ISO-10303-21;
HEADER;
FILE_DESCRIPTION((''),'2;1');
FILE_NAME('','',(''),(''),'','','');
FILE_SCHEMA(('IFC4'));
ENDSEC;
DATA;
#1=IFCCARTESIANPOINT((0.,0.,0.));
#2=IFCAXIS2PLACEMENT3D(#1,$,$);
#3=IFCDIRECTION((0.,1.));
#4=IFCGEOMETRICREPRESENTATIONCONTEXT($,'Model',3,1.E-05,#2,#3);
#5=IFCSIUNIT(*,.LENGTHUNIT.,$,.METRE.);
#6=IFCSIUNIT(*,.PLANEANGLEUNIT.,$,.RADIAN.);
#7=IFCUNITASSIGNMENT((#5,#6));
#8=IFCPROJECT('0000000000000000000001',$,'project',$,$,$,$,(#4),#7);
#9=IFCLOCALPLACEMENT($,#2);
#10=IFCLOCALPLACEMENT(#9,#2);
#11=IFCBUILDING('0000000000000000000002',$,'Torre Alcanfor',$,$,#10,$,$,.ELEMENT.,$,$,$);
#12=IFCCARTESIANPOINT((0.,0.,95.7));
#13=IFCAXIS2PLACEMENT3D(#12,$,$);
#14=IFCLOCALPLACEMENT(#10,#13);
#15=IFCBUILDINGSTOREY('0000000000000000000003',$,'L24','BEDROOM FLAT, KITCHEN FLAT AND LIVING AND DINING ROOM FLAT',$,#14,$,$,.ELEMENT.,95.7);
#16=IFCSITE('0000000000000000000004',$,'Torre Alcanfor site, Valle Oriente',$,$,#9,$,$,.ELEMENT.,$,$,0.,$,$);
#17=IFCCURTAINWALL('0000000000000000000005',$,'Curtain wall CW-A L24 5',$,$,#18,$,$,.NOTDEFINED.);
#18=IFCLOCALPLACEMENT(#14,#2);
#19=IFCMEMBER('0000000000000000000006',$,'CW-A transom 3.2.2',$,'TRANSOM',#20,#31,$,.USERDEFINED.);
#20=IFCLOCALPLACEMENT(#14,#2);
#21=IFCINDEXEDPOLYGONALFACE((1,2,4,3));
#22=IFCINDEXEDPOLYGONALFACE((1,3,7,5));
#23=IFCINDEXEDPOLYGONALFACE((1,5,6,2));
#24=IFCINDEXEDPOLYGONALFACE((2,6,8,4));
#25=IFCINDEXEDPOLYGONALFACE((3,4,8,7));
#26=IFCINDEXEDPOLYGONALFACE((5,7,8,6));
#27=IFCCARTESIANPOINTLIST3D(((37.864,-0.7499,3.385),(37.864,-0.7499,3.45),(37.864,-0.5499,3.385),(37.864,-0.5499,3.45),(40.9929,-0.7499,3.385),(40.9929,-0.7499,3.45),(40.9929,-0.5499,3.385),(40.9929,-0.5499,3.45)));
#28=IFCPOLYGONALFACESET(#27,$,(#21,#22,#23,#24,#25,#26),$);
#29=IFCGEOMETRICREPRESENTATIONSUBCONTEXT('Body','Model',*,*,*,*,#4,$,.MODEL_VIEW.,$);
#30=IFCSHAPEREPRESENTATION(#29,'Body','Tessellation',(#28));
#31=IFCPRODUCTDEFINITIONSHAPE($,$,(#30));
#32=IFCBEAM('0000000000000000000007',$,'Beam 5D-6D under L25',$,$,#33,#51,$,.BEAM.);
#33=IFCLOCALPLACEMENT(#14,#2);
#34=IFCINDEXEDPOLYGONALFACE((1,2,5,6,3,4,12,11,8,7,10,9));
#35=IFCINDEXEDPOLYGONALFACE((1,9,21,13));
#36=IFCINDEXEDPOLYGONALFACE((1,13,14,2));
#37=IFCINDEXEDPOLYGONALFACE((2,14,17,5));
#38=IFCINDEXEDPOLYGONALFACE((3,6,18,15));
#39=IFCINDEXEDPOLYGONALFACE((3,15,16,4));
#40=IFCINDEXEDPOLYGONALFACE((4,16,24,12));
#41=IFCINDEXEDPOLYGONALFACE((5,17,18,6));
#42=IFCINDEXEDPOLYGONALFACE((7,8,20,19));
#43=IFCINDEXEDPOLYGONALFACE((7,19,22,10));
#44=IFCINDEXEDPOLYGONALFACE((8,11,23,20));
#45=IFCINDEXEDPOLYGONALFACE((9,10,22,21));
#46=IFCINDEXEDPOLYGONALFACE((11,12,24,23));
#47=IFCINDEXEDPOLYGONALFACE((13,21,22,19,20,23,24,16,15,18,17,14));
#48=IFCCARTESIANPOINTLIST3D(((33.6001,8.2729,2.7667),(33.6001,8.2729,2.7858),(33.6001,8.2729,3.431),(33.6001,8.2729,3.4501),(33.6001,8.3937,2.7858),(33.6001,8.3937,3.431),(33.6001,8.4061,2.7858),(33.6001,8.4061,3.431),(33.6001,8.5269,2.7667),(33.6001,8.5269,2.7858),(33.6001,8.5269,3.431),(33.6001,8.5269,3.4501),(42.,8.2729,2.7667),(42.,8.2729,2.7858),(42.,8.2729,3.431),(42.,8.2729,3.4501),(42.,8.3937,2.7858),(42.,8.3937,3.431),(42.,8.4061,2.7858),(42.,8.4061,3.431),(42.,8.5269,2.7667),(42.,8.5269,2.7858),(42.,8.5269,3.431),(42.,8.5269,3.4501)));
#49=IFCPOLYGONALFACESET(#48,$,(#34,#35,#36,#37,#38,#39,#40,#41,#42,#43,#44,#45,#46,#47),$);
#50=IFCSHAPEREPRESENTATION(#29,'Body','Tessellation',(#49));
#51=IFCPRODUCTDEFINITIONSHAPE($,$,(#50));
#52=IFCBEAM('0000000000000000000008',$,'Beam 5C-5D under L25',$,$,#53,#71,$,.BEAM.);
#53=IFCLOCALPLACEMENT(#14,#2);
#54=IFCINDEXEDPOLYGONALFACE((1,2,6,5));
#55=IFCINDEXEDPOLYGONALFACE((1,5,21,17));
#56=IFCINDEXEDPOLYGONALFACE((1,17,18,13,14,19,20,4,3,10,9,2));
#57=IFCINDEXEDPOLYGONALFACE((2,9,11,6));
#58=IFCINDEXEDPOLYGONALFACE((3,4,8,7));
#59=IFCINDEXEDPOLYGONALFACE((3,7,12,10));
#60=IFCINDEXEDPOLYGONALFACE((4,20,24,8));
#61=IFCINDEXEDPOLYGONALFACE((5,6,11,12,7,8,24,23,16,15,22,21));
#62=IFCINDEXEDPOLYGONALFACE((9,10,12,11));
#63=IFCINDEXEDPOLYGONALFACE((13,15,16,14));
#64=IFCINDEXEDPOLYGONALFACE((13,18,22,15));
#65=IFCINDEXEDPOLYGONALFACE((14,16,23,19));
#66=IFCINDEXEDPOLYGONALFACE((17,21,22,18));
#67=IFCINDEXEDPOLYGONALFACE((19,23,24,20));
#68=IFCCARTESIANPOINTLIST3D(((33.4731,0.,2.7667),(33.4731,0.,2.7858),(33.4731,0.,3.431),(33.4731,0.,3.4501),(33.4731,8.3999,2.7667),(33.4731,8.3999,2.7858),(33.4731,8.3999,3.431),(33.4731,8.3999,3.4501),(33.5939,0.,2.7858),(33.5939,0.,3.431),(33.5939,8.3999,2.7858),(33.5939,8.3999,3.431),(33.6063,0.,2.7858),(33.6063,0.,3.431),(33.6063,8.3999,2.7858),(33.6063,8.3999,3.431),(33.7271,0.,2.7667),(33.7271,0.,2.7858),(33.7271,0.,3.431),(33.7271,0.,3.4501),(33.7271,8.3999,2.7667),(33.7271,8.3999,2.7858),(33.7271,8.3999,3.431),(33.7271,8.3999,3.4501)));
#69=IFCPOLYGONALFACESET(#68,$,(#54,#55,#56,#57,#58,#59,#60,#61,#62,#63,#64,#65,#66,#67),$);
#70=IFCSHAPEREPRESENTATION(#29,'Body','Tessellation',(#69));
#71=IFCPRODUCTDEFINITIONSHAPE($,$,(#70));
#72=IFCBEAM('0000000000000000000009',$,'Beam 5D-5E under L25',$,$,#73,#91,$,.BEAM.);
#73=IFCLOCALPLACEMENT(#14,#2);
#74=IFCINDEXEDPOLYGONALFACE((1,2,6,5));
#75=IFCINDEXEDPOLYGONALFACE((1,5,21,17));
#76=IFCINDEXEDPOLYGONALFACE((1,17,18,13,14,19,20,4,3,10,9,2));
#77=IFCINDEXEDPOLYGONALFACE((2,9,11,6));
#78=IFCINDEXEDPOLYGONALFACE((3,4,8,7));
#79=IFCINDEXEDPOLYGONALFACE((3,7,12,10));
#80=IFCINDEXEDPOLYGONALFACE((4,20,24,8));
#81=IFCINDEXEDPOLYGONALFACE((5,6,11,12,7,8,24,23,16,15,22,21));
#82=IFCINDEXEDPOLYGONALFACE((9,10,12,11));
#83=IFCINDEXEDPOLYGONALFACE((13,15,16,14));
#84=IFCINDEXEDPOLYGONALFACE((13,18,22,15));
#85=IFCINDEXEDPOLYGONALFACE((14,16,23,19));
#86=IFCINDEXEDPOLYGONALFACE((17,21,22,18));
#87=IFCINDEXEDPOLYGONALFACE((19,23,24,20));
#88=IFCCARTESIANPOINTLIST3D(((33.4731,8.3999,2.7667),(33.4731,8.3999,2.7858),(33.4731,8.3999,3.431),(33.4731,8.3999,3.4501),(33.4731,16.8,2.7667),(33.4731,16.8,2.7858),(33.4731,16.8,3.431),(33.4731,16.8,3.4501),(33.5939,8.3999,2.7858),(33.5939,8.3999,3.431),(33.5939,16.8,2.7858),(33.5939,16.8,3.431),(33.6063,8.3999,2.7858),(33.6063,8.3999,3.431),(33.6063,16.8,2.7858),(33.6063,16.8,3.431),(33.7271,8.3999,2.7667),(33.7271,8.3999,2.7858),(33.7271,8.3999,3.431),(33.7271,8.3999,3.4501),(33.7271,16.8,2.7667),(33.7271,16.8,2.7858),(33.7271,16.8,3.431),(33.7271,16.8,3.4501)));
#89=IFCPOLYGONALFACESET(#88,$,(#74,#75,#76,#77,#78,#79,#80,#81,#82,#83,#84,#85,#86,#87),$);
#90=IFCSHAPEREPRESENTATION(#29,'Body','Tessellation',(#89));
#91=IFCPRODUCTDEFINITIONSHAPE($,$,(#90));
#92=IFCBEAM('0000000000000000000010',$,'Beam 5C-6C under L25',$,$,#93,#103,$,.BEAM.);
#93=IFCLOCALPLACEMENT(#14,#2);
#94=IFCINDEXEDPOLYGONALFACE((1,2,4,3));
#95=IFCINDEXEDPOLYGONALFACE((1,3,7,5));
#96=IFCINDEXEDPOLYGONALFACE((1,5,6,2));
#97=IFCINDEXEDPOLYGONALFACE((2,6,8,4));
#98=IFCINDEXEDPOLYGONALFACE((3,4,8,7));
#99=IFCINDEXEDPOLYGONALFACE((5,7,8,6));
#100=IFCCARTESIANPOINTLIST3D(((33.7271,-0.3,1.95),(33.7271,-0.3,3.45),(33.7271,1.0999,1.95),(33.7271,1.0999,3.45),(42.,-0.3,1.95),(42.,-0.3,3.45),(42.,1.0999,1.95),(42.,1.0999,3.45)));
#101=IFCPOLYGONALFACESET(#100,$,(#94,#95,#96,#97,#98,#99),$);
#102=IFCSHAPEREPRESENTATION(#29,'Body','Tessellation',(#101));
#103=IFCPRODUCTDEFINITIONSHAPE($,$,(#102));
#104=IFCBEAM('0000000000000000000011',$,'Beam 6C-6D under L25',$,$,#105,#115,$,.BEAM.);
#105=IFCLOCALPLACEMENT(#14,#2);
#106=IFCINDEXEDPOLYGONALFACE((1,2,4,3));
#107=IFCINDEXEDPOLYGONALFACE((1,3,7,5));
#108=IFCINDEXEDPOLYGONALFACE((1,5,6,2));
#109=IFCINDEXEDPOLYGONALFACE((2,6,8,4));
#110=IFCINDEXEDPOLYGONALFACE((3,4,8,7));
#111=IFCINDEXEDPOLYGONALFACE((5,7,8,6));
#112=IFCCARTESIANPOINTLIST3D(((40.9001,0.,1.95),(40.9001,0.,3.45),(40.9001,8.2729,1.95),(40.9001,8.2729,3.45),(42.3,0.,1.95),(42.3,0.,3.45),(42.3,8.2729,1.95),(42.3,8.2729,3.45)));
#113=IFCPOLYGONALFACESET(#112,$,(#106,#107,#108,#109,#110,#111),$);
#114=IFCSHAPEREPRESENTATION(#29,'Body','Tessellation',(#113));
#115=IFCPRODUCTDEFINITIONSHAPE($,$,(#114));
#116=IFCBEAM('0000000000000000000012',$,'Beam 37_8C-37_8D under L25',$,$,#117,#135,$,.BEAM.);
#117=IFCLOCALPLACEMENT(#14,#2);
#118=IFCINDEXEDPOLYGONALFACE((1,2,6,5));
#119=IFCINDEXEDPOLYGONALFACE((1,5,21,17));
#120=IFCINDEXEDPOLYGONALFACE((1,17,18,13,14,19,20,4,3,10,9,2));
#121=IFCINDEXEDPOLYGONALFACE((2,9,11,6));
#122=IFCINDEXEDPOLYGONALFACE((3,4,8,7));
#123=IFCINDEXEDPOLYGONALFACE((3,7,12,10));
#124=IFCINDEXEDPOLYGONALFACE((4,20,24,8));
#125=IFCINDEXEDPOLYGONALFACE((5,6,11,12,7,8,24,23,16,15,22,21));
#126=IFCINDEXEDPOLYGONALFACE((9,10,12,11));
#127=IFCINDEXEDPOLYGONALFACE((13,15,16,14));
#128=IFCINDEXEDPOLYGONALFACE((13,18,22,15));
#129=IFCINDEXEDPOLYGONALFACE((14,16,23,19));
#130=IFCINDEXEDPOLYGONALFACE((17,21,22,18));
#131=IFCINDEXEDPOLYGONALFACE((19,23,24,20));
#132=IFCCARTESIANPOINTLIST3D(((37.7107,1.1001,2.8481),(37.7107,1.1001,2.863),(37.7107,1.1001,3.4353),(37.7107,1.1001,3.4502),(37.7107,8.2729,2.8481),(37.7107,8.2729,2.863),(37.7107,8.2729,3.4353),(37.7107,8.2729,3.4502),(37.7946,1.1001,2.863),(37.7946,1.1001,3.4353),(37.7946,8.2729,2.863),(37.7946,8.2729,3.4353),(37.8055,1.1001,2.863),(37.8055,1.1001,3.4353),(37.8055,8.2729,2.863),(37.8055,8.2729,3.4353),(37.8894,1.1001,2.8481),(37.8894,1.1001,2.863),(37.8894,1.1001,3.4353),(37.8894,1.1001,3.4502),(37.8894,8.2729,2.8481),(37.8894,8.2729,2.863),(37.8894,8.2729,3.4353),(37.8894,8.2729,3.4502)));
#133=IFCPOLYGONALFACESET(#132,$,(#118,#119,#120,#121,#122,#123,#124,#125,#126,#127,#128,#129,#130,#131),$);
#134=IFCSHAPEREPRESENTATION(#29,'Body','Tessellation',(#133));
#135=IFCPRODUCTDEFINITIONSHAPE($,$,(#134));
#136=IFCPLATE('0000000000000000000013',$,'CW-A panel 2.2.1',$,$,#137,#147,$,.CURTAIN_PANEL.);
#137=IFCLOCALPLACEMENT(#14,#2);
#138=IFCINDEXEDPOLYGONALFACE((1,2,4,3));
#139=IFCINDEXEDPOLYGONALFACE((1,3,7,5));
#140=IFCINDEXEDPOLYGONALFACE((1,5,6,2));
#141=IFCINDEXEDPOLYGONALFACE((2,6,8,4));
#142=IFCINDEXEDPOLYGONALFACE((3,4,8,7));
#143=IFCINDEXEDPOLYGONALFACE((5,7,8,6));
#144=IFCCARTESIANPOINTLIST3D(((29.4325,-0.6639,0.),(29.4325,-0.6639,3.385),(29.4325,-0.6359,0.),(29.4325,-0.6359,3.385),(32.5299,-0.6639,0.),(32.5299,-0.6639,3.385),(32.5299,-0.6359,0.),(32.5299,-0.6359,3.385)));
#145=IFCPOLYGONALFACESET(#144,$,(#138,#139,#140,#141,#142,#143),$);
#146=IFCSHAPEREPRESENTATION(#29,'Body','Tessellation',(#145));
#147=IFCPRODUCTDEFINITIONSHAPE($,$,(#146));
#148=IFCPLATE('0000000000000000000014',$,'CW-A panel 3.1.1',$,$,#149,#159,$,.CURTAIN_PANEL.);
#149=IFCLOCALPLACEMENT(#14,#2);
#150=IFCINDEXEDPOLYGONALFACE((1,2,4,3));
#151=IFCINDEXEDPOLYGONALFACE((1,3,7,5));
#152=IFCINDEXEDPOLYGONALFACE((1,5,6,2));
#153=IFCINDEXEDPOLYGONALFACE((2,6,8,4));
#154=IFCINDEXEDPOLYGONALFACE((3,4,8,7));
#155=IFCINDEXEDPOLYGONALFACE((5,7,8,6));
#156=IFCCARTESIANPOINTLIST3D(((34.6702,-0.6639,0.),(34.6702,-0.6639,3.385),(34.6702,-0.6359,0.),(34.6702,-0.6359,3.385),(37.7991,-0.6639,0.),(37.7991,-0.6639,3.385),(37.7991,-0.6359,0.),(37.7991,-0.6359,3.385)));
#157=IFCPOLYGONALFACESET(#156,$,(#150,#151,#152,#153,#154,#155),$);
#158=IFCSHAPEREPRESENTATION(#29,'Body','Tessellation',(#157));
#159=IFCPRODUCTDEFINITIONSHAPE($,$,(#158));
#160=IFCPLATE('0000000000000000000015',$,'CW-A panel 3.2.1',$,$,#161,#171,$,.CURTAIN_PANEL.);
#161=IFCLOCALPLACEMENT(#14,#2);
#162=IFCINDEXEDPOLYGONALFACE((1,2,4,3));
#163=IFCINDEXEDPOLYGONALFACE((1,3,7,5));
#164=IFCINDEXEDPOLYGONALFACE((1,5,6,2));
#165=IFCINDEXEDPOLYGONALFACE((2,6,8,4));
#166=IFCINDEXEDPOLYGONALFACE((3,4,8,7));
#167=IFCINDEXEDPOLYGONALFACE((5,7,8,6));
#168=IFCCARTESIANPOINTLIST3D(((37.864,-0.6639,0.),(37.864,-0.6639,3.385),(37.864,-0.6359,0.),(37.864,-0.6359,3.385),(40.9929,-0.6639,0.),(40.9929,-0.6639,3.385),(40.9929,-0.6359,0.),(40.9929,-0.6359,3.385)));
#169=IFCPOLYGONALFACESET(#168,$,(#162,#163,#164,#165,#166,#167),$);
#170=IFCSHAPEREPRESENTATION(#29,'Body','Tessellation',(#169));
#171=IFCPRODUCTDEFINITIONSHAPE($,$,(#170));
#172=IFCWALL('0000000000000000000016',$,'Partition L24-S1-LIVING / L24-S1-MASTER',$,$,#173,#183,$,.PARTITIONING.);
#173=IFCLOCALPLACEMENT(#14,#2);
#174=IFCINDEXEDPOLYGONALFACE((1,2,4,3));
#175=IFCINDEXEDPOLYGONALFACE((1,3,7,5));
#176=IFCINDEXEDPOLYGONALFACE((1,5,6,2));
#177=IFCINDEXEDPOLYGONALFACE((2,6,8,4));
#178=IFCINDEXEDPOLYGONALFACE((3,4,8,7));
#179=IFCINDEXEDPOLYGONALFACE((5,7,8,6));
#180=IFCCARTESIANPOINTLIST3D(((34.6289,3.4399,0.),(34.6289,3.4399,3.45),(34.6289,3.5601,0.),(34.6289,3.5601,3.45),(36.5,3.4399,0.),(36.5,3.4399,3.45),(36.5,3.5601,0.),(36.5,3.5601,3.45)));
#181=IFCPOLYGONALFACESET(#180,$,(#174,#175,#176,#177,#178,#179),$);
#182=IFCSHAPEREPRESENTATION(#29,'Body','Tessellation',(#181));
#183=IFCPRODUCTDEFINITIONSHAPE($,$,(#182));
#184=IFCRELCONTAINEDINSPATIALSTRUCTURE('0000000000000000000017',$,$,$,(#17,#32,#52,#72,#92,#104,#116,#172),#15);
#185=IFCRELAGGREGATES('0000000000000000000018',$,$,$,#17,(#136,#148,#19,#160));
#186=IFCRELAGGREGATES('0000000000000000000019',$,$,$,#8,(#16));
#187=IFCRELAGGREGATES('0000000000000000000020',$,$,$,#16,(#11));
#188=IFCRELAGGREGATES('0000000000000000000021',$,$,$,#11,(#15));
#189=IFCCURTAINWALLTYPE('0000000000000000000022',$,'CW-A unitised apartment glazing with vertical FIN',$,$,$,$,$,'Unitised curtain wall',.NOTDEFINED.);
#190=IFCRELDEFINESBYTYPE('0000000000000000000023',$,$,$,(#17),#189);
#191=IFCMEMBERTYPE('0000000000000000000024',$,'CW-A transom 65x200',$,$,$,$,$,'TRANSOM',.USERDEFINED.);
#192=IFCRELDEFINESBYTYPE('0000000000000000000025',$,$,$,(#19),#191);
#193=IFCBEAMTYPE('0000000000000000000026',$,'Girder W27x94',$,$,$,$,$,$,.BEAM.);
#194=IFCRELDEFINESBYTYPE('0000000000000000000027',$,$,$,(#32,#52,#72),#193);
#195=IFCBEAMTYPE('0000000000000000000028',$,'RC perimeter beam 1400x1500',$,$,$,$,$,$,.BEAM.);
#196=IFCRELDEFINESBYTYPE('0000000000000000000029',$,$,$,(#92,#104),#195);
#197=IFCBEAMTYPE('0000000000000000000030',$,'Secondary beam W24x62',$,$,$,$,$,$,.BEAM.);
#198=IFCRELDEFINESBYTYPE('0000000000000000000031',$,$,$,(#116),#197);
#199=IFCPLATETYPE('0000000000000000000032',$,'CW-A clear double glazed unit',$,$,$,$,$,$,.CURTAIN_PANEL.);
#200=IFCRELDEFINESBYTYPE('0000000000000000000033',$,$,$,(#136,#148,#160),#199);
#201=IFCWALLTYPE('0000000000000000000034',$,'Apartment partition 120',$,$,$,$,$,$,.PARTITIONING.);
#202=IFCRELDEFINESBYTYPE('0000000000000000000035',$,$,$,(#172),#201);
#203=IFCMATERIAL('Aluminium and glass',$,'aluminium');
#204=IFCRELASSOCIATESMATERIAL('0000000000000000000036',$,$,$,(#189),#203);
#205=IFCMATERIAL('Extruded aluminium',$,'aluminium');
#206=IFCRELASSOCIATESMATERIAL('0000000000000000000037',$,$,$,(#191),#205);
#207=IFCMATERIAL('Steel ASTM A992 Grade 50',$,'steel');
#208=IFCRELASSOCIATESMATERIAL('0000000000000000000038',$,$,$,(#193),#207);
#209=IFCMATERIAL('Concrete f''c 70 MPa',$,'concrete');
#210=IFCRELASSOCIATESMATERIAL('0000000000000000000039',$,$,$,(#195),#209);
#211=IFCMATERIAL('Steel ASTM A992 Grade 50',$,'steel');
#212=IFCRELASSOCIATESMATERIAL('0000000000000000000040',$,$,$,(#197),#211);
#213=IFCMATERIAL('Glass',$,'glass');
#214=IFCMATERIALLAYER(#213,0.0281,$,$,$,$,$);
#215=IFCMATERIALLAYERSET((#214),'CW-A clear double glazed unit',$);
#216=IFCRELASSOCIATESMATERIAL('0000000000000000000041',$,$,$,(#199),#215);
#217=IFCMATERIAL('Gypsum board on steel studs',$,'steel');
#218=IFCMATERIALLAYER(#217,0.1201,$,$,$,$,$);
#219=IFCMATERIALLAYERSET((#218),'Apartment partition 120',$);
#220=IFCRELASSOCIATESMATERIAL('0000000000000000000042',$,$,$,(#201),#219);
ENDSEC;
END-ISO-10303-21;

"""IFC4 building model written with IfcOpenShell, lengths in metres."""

from ifc_helpers import new_model, si_unit, direction, frame, frame_2d, origin, origin_2d, place, context, subcontext, project, spatial, rectangle, i_section, extrude, material, layer, layer_set, material_profile, profile_set, type_object, element, aggregate, save


model = new_model("IFC4")

# Units and contexts
model_context = context("Model", 3, precision=1e-05, world=origin(), true_north=direction((0.0, 1.0)))
body_context = subcontext(model_context, "Body", "Model", "MODEL_VIEW")
ifc_project = project(units=[si_unit("LENGTHUNIT", "METRE"), si_unit("PLANEANGLEUNIT", "RADIAN")], contexts=[model_context])

# Site, building, storey
site_placement = place(None, origin())
site = spatial("IfcSite", under=ifc_project, at=site_placement, Name="Torre Alcanfor site, Valle Oriente", CompositionType="ELEMENT", RefElevation=0.0)
building_placement = place(site_placement, origin())
building = spatial("IfcBuilding", under=site, at=building_placement, Name="Torre Alcanfor", CompositionType="ELEMENT")
storey_placement = place(building_placement, frame((0.0, 0.0, 95.7)))
storey = spatial("IfcBuildingStorey", under=building, at=storey_placement, Name="L24", Description="BEDROOM FLAT, KITCHEN FLAT AND LIVING AND DINING ROOM FLAT", CompositionType="ELEMENT", Elevation=95.7)

# Curtain wall, member
ifc_material_1 = material(Name="Aluminium and glass", Category="aluminium")
curtain_wall_type = type_object("IfcCurtainWallType", Name="CW-A unitised apartment glazing with vertical FIN", ElementType="Unitised curtain wall", PredefinedType="NOTDEFINED", material=ifc_material_1)
curtain_wall_placement = place(storey_placement, origin())
curtain_wall = element("IfcCurtainWall", 1, at=curtain_wall_placement, inside=storey, type_object=curtain_wall_type, Name="Curtain wall CW-A L24 5", PredefinedType="NOTDEFINED")
ifc_material_2 = material(Name="Extruded aluminium", Category="aluminium")
ifc_material_profile_1 = material_profile(ifc_material_2, rectangle(XDim=0.2, YDim=0.0649, at=origin_2d()), Name="CW-A transom 200x65")
ifc_profile_set_1 = profile_set([ifc_material_profile_1], Name="Extruded aluminium")
member_type_1 = type_object("IfcMemberType", Name="CW-A transom 65x200", ElementType="TRANSOM", PredefinedType="USERDEFINED", material=ifc_profile_set_1)
member_1_placement = place(storey_placement, frame((37.864, -0.6499, 3.4175), z_axis=(1.0, 0.0, 0.0), x_axis=(0.0, 1.0, 0.0)))
member_1 = element("IfcMember", 2, at=member_1_placement, type_object=member_type_1, Name="CW-A transom 3.2.2", ObjectType="TRANSOM", PredefinedType="USERDEFINED", context=body_context, shape_type="SweptSolid", body=[
    extrude(rectangle(XDim=0.2, YDim=0.0649, at=origin_2d()), origin(), (0.0, 0.0, 1.0), 3.1289),
])

# Beams
ifc_material_3 = material(Name="Steel ASTM A992 Grade 50", Category="steel")
ifc_material_profile_2 = material_profile(ifc_material_3, i_section(OverallWidth=0.2539, OverallDepth=0.6833, WebThickness=0.0125, FlangeThickness=0.019, at=origin_2d()), Name="W27x94")
ifc_profile_set_2 = profile_set([ifc_material_profile_2], Name="Steel ASTM A992 Grade 50")
beam_type_1 = type_object("IfcBeamType", Name="Girder W27x94", PredefinedType="BEAM", material=ifc_profile_set_2)
for number, where, z_axis, x_axis, name in (
    (3, (33.6001, 8.3999, 3.1084), (1.0, 0.0, 0.0), (0.0, 1.0, 0.0), "Beam 5D-6D under L25"),
    (4, (33.6001, 0.0, 3.1084), (0.0, 1.0, 0.0), (-1.0, 0.0, 0.0), "Beam 5C-5D under L25"),
):
    element("IfcBeam", number, at=place(storey_placement, frame(where, z_axis=z_axis, x_axis=x_axis)), inside=storey, type_object=beam_type_1, Name=name, PredefinedType="BEAM", context=body_context, shape_type="SweptSolid", body=[
        extrude(i_section(OverallWidth=0.2539, OverallDepth=0.6833, WebThickness=0.0125, FlangeThickness=0.019, at=origin_2d()), origin(), (0.0, 0.0, 1.0), 8.3999),
    ])
beam_1_placement = place(storey_placement, frame((33.6001, 8.3999, 3.1084), z_axis=(0.0, 1.0, 0.0), x_axis=(-1.0, 0.0, 0.0)))
element("IfcBeam", 5, at=beam_1_placement, inside=storey, type_object=beam_type_1, Name="Beam 5D-5E under L25", PredefinedType="BEAM", context=body_context, shape_type="SweptSolid", body=[
    extrude(i_section(OverallWidth=0.2539, OverallDepth=0.6833, WebThickness=0.0125, FlangeThickness=0.019, at=origin_2d()), origin(), (0.0, 0.0, 1.0), 8.4001),
])
ifc_material_4 = material(Name="Concrete f'c 70 MPa", Category="concrete")
ifc_material_profile_3 = material_profile(ifc_material_4, rectangle(XDim=1.3999, YDim=1.5, at=origin_2d()), Name="1400x1500")
ifc_profile_set_3 = profile_set([ifc_material_profile_3], Name="Concrete f'c 70 MPa")
beam_type_2 = type_object("IfcBeamType", Name="RC perimeter beam 1400x1500", PredefinedType="BEAM", material=ifc_profile_set_3)
for number, where, z_axis, x_axis, name in (
    (6, (33.7271, 0.3999, 2.7), (1.0, 0.0, 0.0), (0.0, 1.0, 0.0), "Beam 5C-6C under L25"),
    (7, (41.6001, 0.0, 2.7), (0.0, 1.0, 0.0), (-1.0, 0.0, 0.0), "Beam 6C-6D under L25"),
):
    element("IfcBeam", number, at=place(storey_placement, frame(where, z_axis=z_axis, x_axis=x_axis)), inside=storey, type_object=beam_type_2, Name=name, PredefinedType="BEAM", context=body_context, shape_type="SweptSolid", body=[
        extrude(rectangle(XDim=1.3999, YDim=1.5, at=origin_2d()), origin(), (0.0, 0.0, 1.0), 8.2729),
    ])
ifc_material_5 = material(Name="Steel ASTM A992 Grade 50", Category="steel")
ifc_material_profile_4 = material_profile(ifc_material_5, i_section(OverallWidth=0.1787, OverallDepth=0.6021, WebThickness=0.011, FlangeThickness=0.0149, at=origin_2d()), Name="W24x62")
ifc_profile_set_4 = profile_set([ifc_material_profile_4], Name="Steel ASTM A992 Grade 50")
beam_type_3 = type_object("IfcBeamType", Name="Secondary beam W24x62", PredefinedType="BEAM", material=ifc_profile_set_4)
beam_2_placement = place(storey_placement, frame((37.8, 1.1001, 3.1492), z_axis=(0.0, 1.0, 0.0), x_axis=(-1.0, 0.0, 0.0)))
element("IfcBeam", 8, at=beam_2_placement, inside=storey, type_object=beam_type_3, Name="Beam 37_8C-37_8D under L25", PredefinedType="BEAM", context=body_context, shape_type="SweptSolid", body=[
    extrude(i_section(OverallWidth=0.1787, OverallDepth=0.6021, WebThickness=0.011, FlangeThickness=0.0149, at=origin_2d()), origin(), (0.0, 0.0, 1.0), 7.1729),
])

# Plates
ifc_material_6 = material(Name="Glass", Category="glass")
ifc_layer_1 = layer(ifc_material_6, 0.0281)
ifc_layer_set_1 = layer_set([ifc_layer_1], Name="CW-A clear double glazed unit")
plate_type = type_object("IfcPlateType", Name="CW-A clear double glazed unit", PredefinedType="CURTAIN_PANEL", material=ifc_layer_set_1)
plate_1_placement = place(storey_placement, frame((30.9812, -0.6499, 0.0), z_axis=(0.0, 0.0, 1.0), x_axis=(1.0, 0.0, 0.0)))
plate_1 = element("IfcPlate", 9, at=plate_1_placement, type_object=plate_type, Name="CW-A panel 2.2.1", PredefinedType="CURTAIN_PANEL", context=body_context, shape_type="SweptSolid", body=[
    extrude(rectangle(XDim=3.0974, YDim=0.0281, at=origin_2d()), origin(), (0.0, 0.0, 1.0), 3.385),
])
plate_2_placement = place(storey_placement, frame((36.2346, -0.6499, 0.0), z_axis=(0.0, 0.0, 1.0), x_axis=(1.0, 0.0, 0.0)))
plate_2 = element("IfcPlate", 10, at=plate_2_placement, type_object=plate_type, Name="CW-A panel 3.1.1", PredefinedType="CURTAIN_PANEL", context=body_context, shape_type="SweptSolid", body=[
    extrude(rectangle(XDim=3.1289, YDim=0.0281, at=origin_2d()), origin(), (0.0, 0.0, 1.0), 3.385),
])
plate_3_placement = place(storey_placement, frame((39.4285, -0.6499, 0.0), z_axis=(0.0, 0.0, 1.0), x_axis=(1.0, 0.0, 0.0)))
plate_3 = element("IfcPlate", 11, at=plate_3_placement, type_object=plate_type, Name="CW-A panel 3.2.1", PredefinedType="CURTAIN_PANEL", context=body_context, shape_type="SweptSolid", body=[
    extrude(rectangle(XDim=3.1289, YDim=0.0281, at=origin_2d()), origin(), (0.0, 0.0, 1.0), 3.385),
])
aggregate(curtain_wall, [plate_1, plate_2, member_1, plate_3])

# Wall
ifc_material_7 = material(Name="Gypsum board on steel studs", Category="steel")
ifc_layer_2 = layer(ifc_material_7, 0.1201)
ifc_layer_set_2 = layer_set([ifc_layer_2], Name="Apartment partition 120")
wall_type_1 = type_object("IfcWallType", Name="Apartment partition 120", PredefinedType="PARTITIONING", material=ifc_layer_set_2)
wall_1_placement = place(storey_placement, frame((36.5, 3.5, 0.0), z_axis=(0.0, 0.0, 1.0), x_axis=(-1.0, 0.0, 0.0)))
element("IfcWall", 12, at=wall_1_placement, inside=storey, type_object=wall_type_1, Name="Partition L24-S1-LIVING / L24-S1-MASTER", PredefinedType="PARTITIONING", context=body_context, shape_type="SweptSolid", body=[
    extrude(rectangle(XDim=1.8711, YDim=0.1201, at=frame_2d((0.9355, 0.0))), origin(), (0.0, 0.0, 1.0), 3.45),
])

save(model, "model.ifc")
